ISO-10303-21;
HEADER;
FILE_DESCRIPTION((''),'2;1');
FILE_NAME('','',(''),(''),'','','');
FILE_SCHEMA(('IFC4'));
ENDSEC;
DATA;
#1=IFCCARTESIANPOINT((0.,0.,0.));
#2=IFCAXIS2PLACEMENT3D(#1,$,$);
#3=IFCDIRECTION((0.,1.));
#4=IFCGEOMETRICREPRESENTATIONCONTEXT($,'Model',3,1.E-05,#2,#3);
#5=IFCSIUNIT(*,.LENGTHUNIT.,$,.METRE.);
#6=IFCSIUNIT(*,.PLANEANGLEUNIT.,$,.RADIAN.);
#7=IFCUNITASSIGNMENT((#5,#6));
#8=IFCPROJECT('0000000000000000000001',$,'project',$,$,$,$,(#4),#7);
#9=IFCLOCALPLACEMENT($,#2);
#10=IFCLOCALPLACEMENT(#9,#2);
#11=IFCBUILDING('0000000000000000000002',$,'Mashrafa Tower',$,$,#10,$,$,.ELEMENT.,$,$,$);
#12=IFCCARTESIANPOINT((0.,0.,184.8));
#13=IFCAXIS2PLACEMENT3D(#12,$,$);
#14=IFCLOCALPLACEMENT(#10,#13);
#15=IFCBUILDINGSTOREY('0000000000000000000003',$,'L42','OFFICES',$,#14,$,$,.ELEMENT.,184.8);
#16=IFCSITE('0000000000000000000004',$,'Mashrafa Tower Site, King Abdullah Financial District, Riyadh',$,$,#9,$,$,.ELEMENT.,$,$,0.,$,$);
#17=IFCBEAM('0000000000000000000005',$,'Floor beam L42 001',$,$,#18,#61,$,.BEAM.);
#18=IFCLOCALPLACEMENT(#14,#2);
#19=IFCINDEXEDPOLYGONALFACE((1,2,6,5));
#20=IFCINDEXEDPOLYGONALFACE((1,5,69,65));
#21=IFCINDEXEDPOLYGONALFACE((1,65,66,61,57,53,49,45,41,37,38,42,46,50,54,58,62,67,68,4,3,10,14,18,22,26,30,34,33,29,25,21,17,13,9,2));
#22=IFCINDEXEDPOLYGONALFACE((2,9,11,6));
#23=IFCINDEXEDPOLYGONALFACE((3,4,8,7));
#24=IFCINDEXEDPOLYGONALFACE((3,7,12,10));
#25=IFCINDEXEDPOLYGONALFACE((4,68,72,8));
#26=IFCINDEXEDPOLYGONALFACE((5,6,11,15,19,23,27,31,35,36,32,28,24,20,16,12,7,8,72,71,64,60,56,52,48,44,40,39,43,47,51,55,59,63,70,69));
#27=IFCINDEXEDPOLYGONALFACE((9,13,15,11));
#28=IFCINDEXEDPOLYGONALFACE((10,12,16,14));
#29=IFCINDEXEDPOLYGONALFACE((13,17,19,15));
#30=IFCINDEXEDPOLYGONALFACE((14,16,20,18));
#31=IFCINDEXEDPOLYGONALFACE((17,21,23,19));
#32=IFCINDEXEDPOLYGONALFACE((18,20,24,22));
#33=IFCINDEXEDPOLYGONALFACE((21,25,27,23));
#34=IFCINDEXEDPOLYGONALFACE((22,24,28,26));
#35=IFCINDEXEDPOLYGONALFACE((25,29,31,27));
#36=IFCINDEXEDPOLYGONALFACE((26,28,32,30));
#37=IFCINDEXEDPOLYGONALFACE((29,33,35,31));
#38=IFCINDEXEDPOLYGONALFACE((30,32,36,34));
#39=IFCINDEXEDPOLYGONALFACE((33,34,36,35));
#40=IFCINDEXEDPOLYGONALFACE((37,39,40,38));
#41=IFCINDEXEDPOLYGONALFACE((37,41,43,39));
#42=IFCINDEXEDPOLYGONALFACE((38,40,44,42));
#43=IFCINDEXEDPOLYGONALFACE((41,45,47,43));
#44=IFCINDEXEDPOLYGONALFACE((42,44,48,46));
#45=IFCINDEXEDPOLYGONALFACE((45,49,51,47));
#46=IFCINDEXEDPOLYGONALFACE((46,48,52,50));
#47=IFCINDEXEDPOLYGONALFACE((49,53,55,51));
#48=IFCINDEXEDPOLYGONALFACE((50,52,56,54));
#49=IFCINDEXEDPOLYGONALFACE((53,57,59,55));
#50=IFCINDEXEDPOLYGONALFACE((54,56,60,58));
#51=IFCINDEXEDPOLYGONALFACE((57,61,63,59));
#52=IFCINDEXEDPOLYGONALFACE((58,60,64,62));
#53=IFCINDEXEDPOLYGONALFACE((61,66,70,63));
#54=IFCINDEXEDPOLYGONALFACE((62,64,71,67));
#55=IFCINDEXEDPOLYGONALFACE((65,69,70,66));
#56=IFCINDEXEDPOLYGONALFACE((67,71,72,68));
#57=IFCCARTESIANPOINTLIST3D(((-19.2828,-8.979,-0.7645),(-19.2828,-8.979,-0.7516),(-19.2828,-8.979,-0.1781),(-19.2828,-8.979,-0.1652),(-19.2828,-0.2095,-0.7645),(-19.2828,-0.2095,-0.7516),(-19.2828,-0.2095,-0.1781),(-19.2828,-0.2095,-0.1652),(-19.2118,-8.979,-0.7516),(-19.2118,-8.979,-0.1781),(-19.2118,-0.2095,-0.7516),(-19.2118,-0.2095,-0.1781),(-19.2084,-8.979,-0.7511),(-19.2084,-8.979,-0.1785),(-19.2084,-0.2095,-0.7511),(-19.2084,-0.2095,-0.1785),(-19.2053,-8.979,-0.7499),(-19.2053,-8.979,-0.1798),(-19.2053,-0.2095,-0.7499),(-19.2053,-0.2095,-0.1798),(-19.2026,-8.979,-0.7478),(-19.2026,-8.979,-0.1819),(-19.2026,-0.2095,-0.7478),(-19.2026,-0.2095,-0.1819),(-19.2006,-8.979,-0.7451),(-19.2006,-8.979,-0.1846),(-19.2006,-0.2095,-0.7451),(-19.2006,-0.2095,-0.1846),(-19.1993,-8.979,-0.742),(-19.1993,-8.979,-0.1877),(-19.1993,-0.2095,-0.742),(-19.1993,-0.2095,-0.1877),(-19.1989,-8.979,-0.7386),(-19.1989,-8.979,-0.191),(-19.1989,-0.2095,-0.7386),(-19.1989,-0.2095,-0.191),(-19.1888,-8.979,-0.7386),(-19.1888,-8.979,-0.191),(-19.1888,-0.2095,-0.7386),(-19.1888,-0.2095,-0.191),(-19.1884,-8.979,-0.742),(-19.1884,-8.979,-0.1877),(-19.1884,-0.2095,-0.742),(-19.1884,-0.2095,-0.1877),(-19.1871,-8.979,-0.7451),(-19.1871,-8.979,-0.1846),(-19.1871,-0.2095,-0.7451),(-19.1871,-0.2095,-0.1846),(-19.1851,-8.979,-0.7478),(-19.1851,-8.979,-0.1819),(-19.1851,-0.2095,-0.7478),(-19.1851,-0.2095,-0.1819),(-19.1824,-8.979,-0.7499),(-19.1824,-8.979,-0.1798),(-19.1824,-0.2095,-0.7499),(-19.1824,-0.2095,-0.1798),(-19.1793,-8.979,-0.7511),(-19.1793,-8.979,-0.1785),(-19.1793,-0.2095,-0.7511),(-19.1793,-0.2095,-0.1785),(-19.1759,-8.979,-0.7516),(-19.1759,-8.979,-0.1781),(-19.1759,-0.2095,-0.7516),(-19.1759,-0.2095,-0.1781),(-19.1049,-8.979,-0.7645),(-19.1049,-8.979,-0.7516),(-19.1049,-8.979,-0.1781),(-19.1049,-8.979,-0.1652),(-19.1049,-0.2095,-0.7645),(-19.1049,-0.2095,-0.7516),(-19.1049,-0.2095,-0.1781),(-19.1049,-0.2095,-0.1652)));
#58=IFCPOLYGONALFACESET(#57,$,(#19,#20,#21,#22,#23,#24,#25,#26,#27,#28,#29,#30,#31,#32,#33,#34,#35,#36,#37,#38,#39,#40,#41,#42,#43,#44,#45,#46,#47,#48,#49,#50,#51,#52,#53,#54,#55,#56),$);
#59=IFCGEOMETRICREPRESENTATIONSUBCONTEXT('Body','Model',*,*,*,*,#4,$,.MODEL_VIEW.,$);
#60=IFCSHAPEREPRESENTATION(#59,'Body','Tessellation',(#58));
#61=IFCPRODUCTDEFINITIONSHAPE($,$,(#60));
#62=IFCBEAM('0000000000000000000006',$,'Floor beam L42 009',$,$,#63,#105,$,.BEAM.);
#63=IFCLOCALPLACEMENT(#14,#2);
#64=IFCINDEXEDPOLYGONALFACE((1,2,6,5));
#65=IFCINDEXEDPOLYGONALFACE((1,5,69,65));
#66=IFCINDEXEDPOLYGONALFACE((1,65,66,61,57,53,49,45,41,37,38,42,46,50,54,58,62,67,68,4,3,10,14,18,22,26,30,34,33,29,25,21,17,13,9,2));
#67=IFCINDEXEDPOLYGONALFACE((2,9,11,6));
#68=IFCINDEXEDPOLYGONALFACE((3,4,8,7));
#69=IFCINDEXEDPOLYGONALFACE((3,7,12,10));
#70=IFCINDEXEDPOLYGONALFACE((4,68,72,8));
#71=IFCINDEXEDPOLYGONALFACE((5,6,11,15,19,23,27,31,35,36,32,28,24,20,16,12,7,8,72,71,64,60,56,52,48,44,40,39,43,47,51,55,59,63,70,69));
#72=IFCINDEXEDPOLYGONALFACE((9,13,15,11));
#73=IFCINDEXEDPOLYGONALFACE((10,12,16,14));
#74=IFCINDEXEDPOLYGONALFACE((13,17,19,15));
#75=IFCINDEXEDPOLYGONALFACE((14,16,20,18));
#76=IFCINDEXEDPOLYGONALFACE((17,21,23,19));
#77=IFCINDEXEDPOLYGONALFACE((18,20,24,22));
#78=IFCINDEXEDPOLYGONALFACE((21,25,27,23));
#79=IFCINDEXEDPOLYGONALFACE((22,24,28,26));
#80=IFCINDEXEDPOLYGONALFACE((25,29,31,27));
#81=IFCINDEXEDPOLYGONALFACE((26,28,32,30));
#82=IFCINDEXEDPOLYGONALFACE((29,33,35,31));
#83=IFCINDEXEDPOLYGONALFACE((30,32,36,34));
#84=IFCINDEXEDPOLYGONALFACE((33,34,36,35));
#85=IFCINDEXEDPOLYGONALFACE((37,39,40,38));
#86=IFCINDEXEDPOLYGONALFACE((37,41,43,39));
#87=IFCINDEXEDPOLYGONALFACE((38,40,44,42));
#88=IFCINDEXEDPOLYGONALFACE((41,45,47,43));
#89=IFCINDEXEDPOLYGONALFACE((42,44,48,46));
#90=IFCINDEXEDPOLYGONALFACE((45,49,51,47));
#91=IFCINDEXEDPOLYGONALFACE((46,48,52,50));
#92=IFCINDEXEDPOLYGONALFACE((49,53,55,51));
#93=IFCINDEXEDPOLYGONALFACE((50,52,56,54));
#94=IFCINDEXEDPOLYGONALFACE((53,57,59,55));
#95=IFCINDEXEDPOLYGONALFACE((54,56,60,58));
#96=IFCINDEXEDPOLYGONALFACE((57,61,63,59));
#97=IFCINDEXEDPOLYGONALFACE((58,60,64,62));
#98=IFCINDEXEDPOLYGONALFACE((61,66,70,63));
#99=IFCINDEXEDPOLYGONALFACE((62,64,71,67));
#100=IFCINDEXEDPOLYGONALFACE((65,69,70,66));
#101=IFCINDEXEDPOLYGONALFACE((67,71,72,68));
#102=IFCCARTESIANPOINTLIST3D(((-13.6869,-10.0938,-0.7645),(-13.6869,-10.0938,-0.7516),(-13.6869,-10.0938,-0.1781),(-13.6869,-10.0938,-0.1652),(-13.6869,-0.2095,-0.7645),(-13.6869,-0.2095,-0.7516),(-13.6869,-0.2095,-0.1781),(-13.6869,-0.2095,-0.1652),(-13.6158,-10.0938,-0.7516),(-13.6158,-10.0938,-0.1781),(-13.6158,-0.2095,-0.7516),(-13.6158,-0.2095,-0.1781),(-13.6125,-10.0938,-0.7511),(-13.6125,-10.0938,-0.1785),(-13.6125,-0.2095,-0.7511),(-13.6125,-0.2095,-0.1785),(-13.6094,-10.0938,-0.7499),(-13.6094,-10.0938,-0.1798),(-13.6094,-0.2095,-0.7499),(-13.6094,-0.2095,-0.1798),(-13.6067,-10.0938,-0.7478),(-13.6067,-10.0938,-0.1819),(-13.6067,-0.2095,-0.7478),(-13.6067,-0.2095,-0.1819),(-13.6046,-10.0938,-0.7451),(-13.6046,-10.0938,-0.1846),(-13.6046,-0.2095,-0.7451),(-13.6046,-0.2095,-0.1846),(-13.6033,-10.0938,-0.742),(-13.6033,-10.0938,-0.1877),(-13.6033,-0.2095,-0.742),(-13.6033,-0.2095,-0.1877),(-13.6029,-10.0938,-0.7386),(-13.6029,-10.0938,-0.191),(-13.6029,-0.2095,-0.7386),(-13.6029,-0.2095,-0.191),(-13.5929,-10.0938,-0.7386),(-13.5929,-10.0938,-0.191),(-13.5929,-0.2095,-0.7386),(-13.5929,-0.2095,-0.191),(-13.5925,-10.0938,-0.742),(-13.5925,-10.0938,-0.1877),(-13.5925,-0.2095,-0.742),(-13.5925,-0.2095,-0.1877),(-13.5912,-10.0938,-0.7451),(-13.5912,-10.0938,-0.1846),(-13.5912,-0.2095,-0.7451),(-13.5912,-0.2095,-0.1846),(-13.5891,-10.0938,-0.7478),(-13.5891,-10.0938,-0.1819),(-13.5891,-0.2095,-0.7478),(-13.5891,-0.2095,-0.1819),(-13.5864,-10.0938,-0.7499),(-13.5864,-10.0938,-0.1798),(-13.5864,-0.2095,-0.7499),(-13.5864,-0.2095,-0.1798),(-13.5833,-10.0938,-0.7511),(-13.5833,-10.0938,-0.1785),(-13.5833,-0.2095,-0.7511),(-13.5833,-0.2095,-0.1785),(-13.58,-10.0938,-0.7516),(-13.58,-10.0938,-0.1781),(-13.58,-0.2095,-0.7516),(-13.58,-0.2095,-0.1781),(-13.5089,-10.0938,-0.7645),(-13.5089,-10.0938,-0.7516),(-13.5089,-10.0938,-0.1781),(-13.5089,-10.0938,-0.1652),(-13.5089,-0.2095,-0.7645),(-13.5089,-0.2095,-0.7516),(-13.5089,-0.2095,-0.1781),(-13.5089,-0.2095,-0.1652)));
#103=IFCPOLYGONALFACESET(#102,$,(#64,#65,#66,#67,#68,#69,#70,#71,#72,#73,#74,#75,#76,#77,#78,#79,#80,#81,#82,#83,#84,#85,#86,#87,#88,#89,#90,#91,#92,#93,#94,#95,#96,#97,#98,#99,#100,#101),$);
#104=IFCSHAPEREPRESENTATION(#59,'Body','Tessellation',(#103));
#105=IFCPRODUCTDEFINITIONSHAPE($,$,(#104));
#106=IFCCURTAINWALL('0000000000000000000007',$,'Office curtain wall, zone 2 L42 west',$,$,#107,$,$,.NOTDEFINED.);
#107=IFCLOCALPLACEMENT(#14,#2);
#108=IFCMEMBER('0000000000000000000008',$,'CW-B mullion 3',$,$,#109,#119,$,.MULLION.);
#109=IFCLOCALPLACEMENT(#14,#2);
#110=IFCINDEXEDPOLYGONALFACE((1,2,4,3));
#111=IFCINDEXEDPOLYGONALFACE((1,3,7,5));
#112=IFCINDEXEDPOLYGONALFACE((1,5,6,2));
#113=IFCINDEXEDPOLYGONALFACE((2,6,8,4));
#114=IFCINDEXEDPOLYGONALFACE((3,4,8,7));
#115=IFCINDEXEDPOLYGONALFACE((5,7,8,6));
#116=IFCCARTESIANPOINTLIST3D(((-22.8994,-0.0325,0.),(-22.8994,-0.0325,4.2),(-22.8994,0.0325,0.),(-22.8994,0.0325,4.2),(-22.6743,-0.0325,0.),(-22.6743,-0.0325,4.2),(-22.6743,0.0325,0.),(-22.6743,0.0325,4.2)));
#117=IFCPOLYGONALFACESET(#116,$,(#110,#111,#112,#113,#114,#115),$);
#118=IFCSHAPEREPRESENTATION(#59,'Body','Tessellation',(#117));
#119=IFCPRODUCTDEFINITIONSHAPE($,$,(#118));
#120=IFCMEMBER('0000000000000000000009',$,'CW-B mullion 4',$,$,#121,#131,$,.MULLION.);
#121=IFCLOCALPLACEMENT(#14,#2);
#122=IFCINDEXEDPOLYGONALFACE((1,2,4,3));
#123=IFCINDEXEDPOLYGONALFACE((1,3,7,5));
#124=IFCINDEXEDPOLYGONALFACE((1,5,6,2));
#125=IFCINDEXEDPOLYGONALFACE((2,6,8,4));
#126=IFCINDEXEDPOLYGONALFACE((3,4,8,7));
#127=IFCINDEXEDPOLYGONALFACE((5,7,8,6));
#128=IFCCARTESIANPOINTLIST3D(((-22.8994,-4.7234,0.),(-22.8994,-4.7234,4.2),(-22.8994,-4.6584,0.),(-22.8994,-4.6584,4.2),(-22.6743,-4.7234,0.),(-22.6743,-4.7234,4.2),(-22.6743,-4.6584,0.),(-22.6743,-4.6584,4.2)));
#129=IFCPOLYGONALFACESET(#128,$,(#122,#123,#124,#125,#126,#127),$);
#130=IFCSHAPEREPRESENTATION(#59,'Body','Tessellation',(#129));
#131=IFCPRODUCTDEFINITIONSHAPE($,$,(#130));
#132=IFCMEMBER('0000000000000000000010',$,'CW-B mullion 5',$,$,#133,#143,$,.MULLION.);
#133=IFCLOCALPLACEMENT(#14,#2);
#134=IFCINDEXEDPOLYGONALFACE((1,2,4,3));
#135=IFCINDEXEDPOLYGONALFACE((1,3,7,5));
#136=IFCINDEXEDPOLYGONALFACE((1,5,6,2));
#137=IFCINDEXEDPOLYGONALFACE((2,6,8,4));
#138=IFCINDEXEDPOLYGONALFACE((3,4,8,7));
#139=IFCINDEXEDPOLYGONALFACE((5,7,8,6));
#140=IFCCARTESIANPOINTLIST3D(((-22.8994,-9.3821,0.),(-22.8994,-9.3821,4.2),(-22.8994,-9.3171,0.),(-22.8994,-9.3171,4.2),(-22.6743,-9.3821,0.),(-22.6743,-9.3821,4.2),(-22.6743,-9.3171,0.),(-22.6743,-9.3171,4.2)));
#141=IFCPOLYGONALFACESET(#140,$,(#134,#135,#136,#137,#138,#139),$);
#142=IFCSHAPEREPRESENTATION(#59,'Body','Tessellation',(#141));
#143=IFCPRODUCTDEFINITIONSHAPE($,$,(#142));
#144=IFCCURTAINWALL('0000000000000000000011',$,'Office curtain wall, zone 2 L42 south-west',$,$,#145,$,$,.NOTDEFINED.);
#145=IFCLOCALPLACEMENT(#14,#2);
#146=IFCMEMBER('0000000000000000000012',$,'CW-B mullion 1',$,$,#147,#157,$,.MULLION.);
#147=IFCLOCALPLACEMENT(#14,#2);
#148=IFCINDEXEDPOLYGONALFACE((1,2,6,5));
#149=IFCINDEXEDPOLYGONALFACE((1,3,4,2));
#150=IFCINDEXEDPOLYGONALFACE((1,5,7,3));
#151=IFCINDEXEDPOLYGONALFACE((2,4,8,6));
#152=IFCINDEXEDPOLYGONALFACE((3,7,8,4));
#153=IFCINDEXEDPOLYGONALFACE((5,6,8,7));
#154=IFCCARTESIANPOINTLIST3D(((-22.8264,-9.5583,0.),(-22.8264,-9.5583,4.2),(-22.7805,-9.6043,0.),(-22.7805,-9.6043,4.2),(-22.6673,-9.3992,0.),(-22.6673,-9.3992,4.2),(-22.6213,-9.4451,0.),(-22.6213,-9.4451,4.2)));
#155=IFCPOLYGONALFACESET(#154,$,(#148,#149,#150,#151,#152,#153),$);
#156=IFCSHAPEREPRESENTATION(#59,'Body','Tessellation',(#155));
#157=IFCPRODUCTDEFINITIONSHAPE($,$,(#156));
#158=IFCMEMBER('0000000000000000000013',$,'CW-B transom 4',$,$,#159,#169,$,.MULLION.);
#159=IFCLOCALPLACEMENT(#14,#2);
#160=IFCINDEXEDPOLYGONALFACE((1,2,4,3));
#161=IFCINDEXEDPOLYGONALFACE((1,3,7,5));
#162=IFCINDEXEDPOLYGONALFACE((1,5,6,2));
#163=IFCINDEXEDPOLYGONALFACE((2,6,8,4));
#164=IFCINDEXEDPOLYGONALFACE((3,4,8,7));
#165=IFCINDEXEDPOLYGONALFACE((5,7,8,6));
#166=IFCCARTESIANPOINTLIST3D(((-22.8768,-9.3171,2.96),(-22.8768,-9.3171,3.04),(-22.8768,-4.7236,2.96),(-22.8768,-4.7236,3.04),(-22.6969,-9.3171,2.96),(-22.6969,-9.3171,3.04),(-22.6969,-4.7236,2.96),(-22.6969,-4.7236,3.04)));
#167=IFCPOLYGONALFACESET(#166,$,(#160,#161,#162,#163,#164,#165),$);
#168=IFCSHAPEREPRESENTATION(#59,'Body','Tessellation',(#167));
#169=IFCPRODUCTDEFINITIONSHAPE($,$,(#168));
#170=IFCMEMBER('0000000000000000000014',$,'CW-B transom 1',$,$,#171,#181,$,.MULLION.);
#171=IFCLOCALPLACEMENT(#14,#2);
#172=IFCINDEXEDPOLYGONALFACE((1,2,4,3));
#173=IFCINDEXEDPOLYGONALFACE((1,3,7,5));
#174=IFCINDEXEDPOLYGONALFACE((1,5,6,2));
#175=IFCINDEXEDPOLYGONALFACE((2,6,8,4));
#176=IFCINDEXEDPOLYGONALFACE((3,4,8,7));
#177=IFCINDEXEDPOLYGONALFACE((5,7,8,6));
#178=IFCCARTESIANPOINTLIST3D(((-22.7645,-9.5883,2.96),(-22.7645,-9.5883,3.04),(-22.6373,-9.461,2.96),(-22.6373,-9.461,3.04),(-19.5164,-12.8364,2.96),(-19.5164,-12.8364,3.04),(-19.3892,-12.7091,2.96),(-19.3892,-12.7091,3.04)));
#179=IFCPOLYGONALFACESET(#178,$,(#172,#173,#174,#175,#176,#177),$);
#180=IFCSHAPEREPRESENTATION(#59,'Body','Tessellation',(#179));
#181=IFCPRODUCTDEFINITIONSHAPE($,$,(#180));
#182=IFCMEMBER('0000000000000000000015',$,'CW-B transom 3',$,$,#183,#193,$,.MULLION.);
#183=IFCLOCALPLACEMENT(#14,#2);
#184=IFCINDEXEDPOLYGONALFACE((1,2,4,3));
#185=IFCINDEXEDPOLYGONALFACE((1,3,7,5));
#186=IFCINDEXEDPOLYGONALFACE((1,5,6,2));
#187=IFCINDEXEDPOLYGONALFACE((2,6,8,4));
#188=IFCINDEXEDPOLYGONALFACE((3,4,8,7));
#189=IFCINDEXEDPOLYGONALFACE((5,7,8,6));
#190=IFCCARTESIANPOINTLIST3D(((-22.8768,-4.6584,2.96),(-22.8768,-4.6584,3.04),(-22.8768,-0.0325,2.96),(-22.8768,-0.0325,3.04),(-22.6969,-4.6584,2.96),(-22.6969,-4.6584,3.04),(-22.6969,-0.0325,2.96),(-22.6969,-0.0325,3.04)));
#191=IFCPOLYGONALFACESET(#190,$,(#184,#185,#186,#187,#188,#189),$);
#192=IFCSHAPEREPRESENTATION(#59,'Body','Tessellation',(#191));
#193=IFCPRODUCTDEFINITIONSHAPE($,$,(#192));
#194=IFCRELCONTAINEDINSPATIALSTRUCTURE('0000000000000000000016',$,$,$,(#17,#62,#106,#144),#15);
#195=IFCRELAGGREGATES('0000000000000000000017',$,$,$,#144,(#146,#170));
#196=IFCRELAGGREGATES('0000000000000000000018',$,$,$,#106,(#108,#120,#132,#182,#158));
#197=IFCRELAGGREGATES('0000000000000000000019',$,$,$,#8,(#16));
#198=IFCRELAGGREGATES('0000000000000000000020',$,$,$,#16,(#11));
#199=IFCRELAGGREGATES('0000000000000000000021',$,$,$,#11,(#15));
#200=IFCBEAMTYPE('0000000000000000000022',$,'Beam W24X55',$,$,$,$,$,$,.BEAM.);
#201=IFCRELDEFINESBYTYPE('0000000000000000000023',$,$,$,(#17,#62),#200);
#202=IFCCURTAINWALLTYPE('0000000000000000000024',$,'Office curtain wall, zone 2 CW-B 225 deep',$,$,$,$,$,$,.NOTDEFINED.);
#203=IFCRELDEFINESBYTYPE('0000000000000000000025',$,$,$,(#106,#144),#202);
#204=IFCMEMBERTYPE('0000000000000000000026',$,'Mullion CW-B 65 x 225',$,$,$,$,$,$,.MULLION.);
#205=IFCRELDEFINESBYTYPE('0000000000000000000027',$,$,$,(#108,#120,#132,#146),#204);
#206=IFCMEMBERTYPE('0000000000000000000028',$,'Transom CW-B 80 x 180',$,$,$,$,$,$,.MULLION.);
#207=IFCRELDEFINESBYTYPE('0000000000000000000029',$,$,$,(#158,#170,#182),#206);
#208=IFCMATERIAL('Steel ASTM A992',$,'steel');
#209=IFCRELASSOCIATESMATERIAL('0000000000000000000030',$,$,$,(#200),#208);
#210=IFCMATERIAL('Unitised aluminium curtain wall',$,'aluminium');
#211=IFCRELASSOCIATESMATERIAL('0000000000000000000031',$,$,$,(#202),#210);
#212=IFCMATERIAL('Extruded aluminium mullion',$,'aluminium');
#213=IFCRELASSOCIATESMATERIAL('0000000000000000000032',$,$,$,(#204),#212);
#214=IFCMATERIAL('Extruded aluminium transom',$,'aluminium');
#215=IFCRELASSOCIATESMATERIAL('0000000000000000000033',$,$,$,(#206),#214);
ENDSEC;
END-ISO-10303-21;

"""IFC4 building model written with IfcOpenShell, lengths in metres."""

from ifc_helpers import new_model, si_unit, direction, frame, origin, origin_2d, place, context, subcontext, project, spatial, rectangle, i_section, extrude, source, transform, mapped, material, material_profile, profile_set, type_object, type_shapes, element, aggregate, save


model = new_model("IFC4")

# Units and contexts
model_context = context("Model", 3, precision=1e-05, world=origin(), true_north=direction((0.0, 1.0)))
body_context = subcontext(model_context, "Body", "Model", "MODEL_VIEW")
ifc_project = project(units=[si_unit("LENGTHUNIT", "METRE"), si_unit("PLANEANGLEUNIT", "RADIAN")], contexts=[model_context])

# Site, building, storey
site_placement = place(None, origin())
site = spatial("IfcSite", under=ifc_project, at=site_placement, Name="Mashrafa Tower Site, King Abdullah Financial District, Riyadh", CompositionType="ELEMENT", RefElevation=0.0)
building_placement = place(site_placement, origin())
building = spatial("IfcBuilding", under=site, at=building_placement, Name="Mashrafa Tower", CompositionType="ELEMENT")
storey_placement = place(building_placement, frame((0.0, 0.0, 184.8)))
storey = spatial("IfcBuildingStorey", under=building, at=storey_placement, Name="L42", Description="OFFICES", CompositionType="ELEMENT", Elevation=184.8)

# Beams
ifc_material_1 = material(Name="Steel ASTM A992", Category="steel")
ifc_material_profile_1 = material_profile(ifc_material_1, i_section(OverallWidth=0.178, OverallDepth=0.5994, WebThickness=0.01, FlangeThickness=0.0129, FilletRadius=0.0129, at=origin_2d()), Name="W24X55")
ifc_profile_set_1 = profile_set([ifc_material_profile_1], Name="Steel ASTM A992")
beam_type_1 = type_object("IfcBeamType", Name="Beam W24X55", PredefinedType="BEAM", material=ifc_profile_set_1)
beam_1_placement = place(storey_placement, frame((-19.1938, -8.979, -0.4648), z_axis=(0.0, 1.0, 0.0), x_axis=(-1.0, 0.0, 0.0)))
element("IfcBeam", 1, at=beam_1_placement, inside=storey, type_object=beam_type_1, Name="Floor beam L42 001", PredefinedType="BEAM", context=body_context, shape_type="SweptSolid", body=[
    extrude(i_section(OverallWidth=0.178, OverallDepth=0.5994, WebThickness=0.01, FlangeThickness=0.0129, FilletRadius=0.0129, at=origin_2d()), origin(), (0.0, 0.0, 1.0), 8.7695),
])
beam_2_placement = place(storey_placement, frame((-13.5979, -10.0938, -0.4648), z_axis=(0.0, 1.0, 0.0), x_axis=(-1.0, 0.0, 0.0)))
element("IfcBeam", 2, at=beam_2_placement, inside=storey, type_object=beam_type_1, Name="Floor beam L42 009", PredefinedType="BEAM", context=body_context, shape_type="SweptSolid", body=[
    extrude(i_section(OverallWidth=0.178, OverallDepth=0.5994, WebThickness=0.01, FlangeThickness=0.0129, FilletRadius=0.0129, at=origin_2d()), origin(), (0.0, 0.0, 1.0), 9.8843),
])

# Curtain wall, members
ifc_material_2 = material(Name="Unitised aluminium curtain wall", Category="aluminium")
curtain_wall_type = type_object("IfcCurtainWallType", Name="Office curtain wall, zone 2 CW-B 225 deep", PredefinedType="NOTDEFINED", material=ifc_material_2)
curtain_wall_1_placement = place(storey_placement, origin())
curtain_wall_1 = element("IfcCurtainWall", 3, at=curtain_wall_1_placement, inside=storey, type_object=curtain_wall_type, Name="Office curtain wall, zone 2 L42 west", PredefinedType="NOTDEFINED")
ifc_material_3 = material(Name="Extruded aluminium mullion", Category="aluminium")
ifc_material_profile_2 = material_profile(ifc_material_3, rectangle(XDim=0.2251, YDim=0.0649, at=origin_2d()), Name="Mullion 65x225")
ifc_profile_set_2 = profile_set([ifc_material_profile_2], Name="Extruded aluminium mullion")
member_type_1 = type_object("IfcMemberType", Name="Mullion CW-B 65 x 225", PredefinedType="MULLION", material=ifc_profile_set_2)
shared_shape_1 = source(origin(), body_context, "Body", "SweptSolid", [
    extrude(rectangle(XDim=0.2251, YDim=0.0649, at=origin_2d()), origin(), (0.0, 0.0, 1.0), 4.2),
])
type_shapes(member_type_1, [shared_shape_1])
member_1_placement = place(storey_placement, frame((-22.7869, 0.0, 0.0), z_axis=(0.0, 0.0, 1.0), x_axis=(1.0, 0.0, 0.0)))
member_1 = element("IfcMember", 4, at=member_1_placement, type_object=member_type_1, Name="CW-B mullion 3", PredefinedType="MULLION", context=body_context, shape_type="MappedRepresentation", body=[
    mapped(shared_shape_1, transform((0.0, 0.0, 0.0))),
])
member_2_placement = place(storey_placement, frame((-22.7869, -4.6909, 0.0), z_axis=(0.0, 0.0, 1.0), x_axis=(1.0, 0.0, 0.0)))
member_2 = element("IfcMember", 5, at=member_2_placement, type_object=member_type_1, Name="CW-B mullion 4", PredefinedType="MULLION", context=body_context, shape_type="MappedRepresentation", body=[
    mapped(shared_shape_1, transform((0.0, 0.0, 0.0))),
])
member_3_placement = place(storey_placement, frame((-22.7869, -9.3496, 0.0), z_axis=(0.0, 0.0, 1.0), x_axis=(1.0, 0.0, 0.0)))
member_3 = element("IfcMember", 6, at=member_3_placement, type_object=member_type_1, Name="CW-B mullion 5", PredefinedType="MULLION", context=body_context, shape_type="MappedRepresentation", body=[
    mapped(shared_shape_1, transform((0.0, 0.0, 0.0))),
])

# Curtain wall, member
curtain_wall_2_placement = place(storey_placement, origin())
curtain_wall_2 = element("IfcCurtainWall", 7, at=curtain_wall_2_placement, inside=storey, type_object=curtain_wall_type, Name="Office curtain wall, zone 2 L42 south-west", PredefinedType="NOTDEFINED")
member_4_placement = place(storey_placement, frame((-22.7239, -9.5017, 0.0), z_axis=(0.0, 0.0, 1.0), x_axis=(0.707107, 0.707107, 0.0)))
member_4 = element("IfcMember", 8, at=member_4_placement, type_object=member_type_1, Name="CW-B mullion 1", PredefinedType="MULLION", context=body_context, shape_type="MappedRepresentation", body=[
    mapped(shared_shape_1, transform((0.0, 0.0, 0.0))),
])

# Members
ifc_material_4 = material(Name="Extruded aluminium transom", Category="aluminium")
ifc_material_profile_3 = material_profile(ifc_material_4, rectangle(XDim=0.1799, YDim=0.0801, at=origin_2d()), Name="Transom 80x180")
ifc_profile_set_3 = profile_set([ifc_material_profile_3], Name="Extruded aluminium transom")
member_type_2 = type_object("IfcMemberType", Name="Transom CW-B 80 x 180", PredefinedType="MULLION", material=ifc_profile_set_3)
shared_shape_2 = source(origin(), body_context, "Body", "SweptSolid", [
    extrude(rectangle(XDim=0.1799, YDim=0.0801, at=origin_2d()), origin(), (0.0, 0.0, 1.0), 4.5935),
])
member_5_placement = place(storey_placement, frame((-22.7869, -4.7236, 3.0), z_axis=(0.0, -1.0, 0.0), x_axis=(1.0, 0.0, 0.0)))
member_5 = element("IfcMember", 9, at=member_5_placement, type_object=member_type_2, Name="CW-B transom 4", PredefinedType="MULLION", context=body_context, shape_type="MappedRepresentation", body=[
    mapped(shared_shape_2, transform((0.0, 0.0, 0.0))),
])
member_6_placement = place(storey_placement, frame((-22.7009, -9.5247, 3.0), z_axis=(0.707107, -0.707107, 0.0), x_axis=(0.707107, 0.707107, 0.0)))
member_6 = element("IfcMember", 10, at=member_6_placement, type_object=member_type_2, Name="CW-B transom 1", PredefinedType="MULLION", context=body_context, shape_type="MappedRepresentation", body=[
    mapped(shared_shape_2, transform((0.0, 0.0, 0.0))),
])
aggregate(curtain_wall_2, [member_4, member_6])
shared_shape_3 = source(origin(), body_context, "Body", "SweptSolid", [
    extrude(rectangle(XDim=0.1799, YDim=0.0801, at=origin_2d()), origin(), (0.0, 0.0, 1.0), 4.626),
])
type_shapes(member_type_2, [shared_shape_2, shared_shape_3])
member_7_placement = place(storey_placement, frame((-22.7869, -0.0325, 3.0), z_axis=(0.0, -1.0, 0.0), x_axis=(1.0, 0.0, 0.0)))
member_7 = element("IfcMember", 11, at=member_7_placement, type_object=member_type_2, Name="CW-B transom 3", PredefinedType="MULLION", context=body_context, shape_type="MappedRepresentation", body=[
    mapped(shared_shape_3, transform((0.0, 0.0, 0.0))),
])

aggregate(curtain_wall_1, [member_1, member_2, member_3, member_7, member_5])

save(model, "model.ifc")
